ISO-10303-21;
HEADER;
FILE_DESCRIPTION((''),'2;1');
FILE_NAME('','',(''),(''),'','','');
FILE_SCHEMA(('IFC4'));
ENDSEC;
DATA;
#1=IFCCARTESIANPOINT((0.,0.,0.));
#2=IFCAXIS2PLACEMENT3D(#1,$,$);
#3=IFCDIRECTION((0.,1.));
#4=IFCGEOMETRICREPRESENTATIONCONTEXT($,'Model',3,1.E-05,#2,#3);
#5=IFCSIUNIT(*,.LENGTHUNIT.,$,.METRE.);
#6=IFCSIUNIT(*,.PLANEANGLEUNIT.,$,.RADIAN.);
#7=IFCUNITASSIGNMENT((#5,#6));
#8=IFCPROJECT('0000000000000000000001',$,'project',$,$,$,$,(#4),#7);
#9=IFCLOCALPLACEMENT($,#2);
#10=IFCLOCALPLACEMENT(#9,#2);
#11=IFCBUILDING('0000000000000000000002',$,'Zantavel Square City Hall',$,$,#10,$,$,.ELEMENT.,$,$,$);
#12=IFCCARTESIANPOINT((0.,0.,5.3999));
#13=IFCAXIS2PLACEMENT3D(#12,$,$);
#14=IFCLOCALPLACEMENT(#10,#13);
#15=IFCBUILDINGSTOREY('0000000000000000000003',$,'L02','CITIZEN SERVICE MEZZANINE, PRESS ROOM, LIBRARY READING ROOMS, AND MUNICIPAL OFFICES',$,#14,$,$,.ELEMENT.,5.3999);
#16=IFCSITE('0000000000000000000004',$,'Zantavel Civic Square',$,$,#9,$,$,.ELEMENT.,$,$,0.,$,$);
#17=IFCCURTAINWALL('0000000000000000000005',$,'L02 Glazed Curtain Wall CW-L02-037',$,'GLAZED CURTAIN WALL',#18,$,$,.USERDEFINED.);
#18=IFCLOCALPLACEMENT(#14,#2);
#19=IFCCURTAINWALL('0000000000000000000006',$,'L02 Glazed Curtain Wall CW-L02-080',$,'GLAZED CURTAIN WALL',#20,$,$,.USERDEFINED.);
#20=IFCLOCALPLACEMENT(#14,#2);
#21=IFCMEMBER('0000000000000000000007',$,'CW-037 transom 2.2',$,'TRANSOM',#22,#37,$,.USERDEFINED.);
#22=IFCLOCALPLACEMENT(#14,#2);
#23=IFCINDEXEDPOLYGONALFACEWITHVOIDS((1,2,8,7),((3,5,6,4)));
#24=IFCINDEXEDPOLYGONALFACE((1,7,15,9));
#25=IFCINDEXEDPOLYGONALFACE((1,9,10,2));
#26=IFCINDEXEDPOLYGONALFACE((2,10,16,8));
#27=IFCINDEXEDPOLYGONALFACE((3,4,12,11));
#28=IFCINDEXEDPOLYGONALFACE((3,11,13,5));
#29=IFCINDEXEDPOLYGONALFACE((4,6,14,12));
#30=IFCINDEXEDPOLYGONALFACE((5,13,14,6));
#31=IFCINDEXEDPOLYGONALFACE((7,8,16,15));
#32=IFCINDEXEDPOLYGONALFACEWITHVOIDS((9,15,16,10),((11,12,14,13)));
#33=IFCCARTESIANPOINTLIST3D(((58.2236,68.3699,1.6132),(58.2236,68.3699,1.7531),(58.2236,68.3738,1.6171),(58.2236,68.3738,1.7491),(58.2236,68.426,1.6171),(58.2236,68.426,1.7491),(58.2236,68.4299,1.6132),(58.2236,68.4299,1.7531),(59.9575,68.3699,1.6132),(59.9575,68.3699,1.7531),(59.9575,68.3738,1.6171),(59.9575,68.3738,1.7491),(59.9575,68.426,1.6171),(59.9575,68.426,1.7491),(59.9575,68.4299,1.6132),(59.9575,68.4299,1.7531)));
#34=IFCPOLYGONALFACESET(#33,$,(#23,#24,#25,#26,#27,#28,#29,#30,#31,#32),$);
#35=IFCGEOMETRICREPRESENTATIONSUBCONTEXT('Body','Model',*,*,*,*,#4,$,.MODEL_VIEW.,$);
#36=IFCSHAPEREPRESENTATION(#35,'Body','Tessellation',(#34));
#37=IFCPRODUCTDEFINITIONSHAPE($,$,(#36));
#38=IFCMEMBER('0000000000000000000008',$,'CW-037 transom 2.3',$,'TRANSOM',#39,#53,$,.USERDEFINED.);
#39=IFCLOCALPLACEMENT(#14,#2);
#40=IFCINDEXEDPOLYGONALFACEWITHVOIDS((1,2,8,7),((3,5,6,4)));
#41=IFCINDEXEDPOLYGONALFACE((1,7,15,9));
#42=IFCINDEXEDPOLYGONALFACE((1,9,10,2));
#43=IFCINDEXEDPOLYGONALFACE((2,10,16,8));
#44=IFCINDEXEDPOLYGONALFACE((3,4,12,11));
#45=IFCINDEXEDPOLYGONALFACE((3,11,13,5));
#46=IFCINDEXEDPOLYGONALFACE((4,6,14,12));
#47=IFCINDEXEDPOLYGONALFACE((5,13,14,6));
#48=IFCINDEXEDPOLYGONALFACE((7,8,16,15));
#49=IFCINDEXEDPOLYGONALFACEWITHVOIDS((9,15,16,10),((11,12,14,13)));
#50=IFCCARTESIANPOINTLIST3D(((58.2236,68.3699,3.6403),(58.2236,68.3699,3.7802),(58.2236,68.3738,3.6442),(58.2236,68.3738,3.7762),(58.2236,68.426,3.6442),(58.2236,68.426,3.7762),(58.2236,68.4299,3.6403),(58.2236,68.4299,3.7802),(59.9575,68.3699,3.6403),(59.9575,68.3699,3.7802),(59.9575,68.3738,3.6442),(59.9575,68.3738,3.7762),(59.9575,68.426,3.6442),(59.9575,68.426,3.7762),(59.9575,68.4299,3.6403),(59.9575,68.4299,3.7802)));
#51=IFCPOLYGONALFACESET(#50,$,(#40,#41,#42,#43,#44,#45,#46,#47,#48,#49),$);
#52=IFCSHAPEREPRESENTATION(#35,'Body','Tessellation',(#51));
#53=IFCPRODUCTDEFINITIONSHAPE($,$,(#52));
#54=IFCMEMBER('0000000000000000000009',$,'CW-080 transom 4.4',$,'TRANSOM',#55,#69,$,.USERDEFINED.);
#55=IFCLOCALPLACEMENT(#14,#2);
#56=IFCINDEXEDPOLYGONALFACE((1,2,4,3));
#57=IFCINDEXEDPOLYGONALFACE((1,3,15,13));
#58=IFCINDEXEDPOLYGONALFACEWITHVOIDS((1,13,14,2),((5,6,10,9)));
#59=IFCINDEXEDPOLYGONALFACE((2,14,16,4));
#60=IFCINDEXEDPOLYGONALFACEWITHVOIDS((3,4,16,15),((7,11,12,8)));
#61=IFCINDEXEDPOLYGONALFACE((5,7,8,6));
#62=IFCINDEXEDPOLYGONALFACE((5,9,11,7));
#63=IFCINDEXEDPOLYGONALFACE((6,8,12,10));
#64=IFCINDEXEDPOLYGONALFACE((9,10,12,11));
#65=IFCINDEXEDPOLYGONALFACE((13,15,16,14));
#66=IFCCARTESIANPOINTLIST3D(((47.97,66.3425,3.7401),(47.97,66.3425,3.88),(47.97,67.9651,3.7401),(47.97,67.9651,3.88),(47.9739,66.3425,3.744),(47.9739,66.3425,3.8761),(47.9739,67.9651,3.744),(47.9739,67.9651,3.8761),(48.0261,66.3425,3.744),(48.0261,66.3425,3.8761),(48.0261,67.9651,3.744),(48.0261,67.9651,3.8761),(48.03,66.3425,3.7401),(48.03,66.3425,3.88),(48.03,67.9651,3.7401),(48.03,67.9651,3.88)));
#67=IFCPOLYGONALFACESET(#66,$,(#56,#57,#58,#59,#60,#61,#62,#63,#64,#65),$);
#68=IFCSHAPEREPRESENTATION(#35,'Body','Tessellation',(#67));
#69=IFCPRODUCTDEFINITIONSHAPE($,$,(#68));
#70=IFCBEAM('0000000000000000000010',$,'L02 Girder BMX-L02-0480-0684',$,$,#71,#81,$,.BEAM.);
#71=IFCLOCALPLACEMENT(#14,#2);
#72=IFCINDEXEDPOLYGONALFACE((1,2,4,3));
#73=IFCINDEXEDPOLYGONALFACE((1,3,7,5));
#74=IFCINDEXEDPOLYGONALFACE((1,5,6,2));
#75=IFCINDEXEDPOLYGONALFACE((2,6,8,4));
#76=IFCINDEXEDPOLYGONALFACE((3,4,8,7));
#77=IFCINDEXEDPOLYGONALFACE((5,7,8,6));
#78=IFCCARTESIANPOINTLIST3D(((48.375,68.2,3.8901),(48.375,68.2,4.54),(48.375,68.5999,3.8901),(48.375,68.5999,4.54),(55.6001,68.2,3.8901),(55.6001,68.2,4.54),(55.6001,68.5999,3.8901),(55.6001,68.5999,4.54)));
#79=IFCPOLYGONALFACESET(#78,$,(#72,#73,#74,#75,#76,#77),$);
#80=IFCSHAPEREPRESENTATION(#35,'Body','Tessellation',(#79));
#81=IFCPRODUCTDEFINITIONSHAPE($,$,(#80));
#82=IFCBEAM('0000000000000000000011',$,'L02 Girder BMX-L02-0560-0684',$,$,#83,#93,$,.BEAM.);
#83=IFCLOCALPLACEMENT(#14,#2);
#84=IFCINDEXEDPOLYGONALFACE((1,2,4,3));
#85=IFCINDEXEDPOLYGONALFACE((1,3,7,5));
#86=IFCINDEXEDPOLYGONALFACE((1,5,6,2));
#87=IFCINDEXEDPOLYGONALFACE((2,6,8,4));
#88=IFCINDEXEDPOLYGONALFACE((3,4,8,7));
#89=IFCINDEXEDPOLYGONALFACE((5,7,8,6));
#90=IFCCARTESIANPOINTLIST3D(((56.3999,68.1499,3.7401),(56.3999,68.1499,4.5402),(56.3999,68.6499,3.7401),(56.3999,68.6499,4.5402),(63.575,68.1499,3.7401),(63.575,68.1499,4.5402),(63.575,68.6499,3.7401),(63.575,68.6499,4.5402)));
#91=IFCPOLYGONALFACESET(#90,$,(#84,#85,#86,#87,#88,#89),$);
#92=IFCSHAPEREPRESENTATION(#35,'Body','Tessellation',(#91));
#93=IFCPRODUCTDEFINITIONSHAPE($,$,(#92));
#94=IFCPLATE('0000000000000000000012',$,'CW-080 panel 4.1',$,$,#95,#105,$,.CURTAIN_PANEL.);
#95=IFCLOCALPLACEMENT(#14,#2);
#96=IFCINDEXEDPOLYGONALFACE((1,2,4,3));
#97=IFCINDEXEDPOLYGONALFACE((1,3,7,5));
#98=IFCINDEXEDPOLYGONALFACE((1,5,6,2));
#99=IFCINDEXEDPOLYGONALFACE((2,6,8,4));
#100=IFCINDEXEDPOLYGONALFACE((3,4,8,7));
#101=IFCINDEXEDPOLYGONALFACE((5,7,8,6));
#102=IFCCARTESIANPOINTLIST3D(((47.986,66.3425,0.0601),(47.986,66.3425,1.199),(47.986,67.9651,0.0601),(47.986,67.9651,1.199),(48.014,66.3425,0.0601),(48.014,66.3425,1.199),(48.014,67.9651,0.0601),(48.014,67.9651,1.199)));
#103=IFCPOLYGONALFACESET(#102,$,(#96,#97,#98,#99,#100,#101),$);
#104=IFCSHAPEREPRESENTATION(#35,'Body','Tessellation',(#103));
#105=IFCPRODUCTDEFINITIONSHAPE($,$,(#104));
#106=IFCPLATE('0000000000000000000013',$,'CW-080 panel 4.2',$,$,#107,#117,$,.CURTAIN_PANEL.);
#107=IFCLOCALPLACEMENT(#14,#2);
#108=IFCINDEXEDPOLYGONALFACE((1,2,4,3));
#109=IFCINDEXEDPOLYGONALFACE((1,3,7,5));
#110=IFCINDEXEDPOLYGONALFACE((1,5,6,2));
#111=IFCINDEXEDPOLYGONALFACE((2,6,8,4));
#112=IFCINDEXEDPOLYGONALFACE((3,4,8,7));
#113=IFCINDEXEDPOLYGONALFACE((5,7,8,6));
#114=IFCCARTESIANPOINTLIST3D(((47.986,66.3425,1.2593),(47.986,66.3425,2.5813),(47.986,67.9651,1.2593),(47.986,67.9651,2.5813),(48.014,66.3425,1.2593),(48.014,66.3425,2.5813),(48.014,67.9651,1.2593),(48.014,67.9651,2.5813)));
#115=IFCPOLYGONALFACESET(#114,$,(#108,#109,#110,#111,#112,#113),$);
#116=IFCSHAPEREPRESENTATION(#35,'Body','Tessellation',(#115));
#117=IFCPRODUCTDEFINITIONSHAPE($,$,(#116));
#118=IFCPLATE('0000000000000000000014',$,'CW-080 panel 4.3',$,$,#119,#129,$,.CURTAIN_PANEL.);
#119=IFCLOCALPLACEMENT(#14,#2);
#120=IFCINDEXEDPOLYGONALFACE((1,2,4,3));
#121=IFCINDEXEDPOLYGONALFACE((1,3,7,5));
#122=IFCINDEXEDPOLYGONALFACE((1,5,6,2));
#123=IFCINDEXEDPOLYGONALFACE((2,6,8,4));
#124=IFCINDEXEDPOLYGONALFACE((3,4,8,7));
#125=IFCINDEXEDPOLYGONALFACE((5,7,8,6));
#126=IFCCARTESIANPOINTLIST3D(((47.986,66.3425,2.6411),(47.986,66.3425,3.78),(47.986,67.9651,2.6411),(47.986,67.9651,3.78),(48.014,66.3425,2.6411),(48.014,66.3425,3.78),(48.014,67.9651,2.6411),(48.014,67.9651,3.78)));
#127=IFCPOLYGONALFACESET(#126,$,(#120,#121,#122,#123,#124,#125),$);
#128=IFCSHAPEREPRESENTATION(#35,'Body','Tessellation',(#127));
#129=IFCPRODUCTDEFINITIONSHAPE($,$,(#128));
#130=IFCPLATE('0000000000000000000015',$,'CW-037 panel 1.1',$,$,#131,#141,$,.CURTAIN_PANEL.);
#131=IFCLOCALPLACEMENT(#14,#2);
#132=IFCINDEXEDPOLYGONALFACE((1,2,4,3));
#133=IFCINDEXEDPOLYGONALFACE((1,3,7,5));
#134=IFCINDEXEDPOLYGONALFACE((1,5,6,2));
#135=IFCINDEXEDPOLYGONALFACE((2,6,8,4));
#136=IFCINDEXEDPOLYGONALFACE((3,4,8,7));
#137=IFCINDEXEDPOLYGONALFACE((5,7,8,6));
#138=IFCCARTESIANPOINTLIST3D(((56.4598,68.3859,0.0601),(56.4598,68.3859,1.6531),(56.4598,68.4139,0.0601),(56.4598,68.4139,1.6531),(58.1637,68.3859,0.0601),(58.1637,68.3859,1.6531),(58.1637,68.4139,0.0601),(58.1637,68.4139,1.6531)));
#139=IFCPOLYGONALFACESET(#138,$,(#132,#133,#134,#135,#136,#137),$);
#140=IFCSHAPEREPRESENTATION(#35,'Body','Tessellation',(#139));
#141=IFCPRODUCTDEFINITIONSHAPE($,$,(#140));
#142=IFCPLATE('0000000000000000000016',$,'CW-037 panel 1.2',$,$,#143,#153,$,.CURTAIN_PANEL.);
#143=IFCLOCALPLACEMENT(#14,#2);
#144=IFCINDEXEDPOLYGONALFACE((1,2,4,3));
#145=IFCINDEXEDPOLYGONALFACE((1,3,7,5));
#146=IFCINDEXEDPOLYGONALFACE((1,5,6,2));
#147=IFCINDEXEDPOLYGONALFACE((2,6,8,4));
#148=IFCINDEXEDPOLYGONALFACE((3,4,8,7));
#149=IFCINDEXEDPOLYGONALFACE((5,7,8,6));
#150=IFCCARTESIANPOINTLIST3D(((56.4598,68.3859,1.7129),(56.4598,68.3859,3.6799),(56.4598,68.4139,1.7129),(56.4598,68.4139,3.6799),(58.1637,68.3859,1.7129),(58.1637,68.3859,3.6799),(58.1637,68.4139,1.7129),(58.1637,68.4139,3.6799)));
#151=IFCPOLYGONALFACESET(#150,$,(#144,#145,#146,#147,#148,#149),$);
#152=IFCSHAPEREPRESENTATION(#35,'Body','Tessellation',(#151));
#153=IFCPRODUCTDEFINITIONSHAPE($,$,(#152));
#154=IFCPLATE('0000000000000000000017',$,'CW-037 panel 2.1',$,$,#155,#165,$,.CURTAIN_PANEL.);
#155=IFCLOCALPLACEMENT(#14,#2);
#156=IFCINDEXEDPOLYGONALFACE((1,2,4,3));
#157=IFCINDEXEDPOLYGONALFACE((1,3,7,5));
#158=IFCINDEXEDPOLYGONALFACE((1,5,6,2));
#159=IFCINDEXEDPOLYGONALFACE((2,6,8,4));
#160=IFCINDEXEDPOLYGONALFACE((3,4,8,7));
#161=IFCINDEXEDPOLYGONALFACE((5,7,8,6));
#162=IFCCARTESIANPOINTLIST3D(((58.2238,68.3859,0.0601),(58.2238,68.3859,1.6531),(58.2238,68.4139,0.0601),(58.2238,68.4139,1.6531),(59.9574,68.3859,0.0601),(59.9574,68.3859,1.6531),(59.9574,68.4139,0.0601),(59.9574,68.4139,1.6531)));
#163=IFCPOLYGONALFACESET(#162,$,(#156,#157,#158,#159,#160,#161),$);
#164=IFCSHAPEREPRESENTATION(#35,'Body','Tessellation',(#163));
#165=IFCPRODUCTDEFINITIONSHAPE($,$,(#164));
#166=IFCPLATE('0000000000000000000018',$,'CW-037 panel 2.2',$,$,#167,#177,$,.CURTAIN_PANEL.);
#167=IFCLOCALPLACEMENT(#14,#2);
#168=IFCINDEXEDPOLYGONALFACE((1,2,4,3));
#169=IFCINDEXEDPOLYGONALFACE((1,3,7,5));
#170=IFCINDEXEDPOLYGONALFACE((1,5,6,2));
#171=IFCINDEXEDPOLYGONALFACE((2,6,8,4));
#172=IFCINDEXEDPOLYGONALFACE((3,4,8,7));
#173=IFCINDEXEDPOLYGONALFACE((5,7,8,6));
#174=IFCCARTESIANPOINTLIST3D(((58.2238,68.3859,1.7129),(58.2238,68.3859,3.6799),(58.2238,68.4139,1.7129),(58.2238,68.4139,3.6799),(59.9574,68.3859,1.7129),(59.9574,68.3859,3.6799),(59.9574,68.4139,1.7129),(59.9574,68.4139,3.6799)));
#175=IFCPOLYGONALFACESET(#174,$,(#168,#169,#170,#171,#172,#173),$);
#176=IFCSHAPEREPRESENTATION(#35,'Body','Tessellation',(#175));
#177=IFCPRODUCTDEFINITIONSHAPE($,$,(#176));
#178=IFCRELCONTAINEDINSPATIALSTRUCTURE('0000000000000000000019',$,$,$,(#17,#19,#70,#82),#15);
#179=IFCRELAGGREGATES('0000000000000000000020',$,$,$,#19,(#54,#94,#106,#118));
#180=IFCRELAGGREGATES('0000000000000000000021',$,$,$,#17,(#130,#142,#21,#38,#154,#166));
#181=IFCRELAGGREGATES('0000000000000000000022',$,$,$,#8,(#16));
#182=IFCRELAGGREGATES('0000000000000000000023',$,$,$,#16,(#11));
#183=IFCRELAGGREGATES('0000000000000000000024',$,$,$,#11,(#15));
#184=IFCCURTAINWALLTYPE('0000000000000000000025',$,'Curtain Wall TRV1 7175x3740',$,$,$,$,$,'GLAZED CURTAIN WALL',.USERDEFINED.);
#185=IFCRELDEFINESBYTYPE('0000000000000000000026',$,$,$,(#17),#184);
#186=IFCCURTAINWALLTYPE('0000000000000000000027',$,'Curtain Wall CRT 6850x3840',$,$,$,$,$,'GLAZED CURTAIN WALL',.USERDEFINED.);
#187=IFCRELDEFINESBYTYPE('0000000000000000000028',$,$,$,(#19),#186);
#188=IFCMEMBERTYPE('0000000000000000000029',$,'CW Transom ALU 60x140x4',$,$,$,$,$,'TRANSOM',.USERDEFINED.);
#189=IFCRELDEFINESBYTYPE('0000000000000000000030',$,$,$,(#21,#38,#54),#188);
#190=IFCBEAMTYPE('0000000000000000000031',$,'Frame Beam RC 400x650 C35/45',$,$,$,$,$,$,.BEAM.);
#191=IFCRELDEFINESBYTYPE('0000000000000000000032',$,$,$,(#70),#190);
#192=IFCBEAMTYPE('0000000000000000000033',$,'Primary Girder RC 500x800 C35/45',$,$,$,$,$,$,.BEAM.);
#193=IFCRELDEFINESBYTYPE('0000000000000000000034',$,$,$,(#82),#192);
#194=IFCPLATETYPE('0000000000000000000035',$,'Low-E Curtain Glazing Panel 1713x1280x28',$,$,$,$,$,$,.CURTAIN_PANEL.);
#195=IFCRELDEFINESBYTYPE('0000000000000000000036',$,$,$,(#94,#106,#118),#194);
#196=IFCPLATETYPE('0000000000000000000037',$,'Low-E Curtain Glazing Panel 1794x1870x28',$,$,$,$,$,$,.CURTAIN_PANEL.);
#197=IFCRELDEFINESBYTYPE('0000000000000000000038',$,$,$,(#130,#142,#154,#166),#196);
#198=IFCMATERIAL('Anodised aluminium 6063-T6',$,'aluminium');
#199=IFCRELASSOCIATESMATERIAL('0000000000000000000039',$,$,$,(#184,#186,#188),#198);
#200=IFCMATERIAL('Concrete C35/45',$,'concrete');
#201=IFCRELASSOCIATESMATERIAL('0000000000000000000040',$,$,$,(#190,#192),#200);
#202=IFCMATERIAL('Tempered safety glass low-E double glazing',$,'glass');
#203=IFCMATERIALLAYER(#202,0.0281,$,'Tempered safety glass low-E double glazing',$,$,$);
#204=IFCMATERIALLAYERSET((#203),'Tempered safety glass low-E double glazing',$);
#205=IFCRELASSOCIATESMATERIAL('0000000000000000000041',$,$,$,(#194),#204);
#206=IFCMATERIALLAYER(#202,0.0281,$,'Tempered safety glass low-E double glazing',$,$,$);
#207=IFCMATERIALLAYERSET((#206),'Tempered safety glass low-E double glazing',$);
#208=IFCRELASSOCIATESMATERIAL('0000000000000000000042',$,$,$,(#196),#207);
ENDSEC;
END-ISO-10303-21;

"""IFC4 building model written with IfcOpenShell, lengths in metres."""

from ifc_helpers import new_model, si_unit, direction, frame, origin, origin_2d, place, context, subcontext, project, spatial, rectangle, hollow_rectangle, extrude, material, layer, layer_set, material_profile, profile_set, type_object, element, aggregate, save


model = new_model("IFC4")

# Units and contexts
model_context = context("Model", 3, precision=1e-05, world=origin(), true_north=direction((0.0, 1.0)))
body_context = subcontext(model_context, "Body", "Model", "MODEL_VIEW")
ifc_project = project(units=[si_unit("LENGTHUNIT", "METRE"), si_unit("PLANEANGLEUNIT", "RADIAN")], contexts=[model_context])

# Site, building, storey
site_placement = place(None, origin())
site = spatial("IfcSite", under=ifc_project, at=site_placement, Name="Zantavel Civic Square", CompositionType="ELEMENT", RefElevation=0.0)
building_placement = place(site_placement, origin())
building = spatial("IfcBuilding", under=site, at=building_placement, Name="Zantavel Square City Hall", CompositionType="ELEMENT")
storey_placement = place(building_placement, frame((0.0, 0.0, 5.3999)))
storey = spatial("IfcBuildingStorey", under=building, at=storey_placement, Name="L02", Description="CITIZEN SERVICE MEZZANINE, PRESS ROOM, LIBRARY READING ROOMS, AND MUNICIPAL OFFICES", CompositionType="ELEMENT", Elevation=5.3999)

# Curtain wall
ifc_material_1 = material(Name="Anodised aluminium 6063-T6", Category="aluminium")
curtain_wall_type_1 = type_object("IfcCurtainWallType", Name="Curtain Wall TRV1 7175x3740", ElementType="GLAZED CURTAIN WALL", PredefinedType="USERDEFINED", material=ifc_material_1)
curtain_wall_1_placement = place(storey_placement, origin())
curtain_wall_1 = element("IfcCurtainWall", 1, at=curtain_wall_1_placement, inside=storey, type_object=curtain_wall_type_1, Name="L02 Glazed Curtain Wall CW-L02-037", ObjectType="GLAZED CURTAIN WALL", PredefinedType="USERDEFINED")

# Curtain wall
curtain_wall_type_2 = type_object("IfcCurtainWallType", Name="Curtain Wall CRT 6850x3840", ElementType="GLAZED CURTAIN WALL", PredefinedType="USERDEFINED", material=ifc_material_1)
curtain_wall_2_placement = place(storey_placement, origin())
curtain_wall_2 = element("IfcCurtainWall", 2, at=curtain_wall_2_placement, inside=storey, type_object=curtain_wall_type_2, Name="L02 Glazed Curtain Wall CW-L02-080", ObjectType="GLAZED CURTAIN WALL", PredefinedType="USERDEFINED")

# Members
ifc_material_profile_1 = material_profile(ifc_material_1, hollow_rectangle(XDim=0.0601, YDim=0.1399, WallThickness=0.0039, at=origin_2d()), Name="ALU 60x140x4")
ifc_profile_set_1 = profile_set([ifc_material_profile_1], Name="Anodised aluminium 6063-T6")
member_type_1 = type_object("IfcMemberType", Name="CW Transom ALU 60x140x4", ElementType="TRANSOM", PredefinedType="USERDEFINED", material=ifc_profile_set_1)
member_1_placement = place(storey_placement, frame((58.2236, 68.3999, 1.6831), z_axis=(1.0, 0.0, 0.0), x_axis=(0.0, 1.0, 0.0)))
member_1 = element("IfcMember", 3, at=member_1_placement, type_object=member_type_1, Name="CW-037 transom 2.2", ObjectType="TRANSOM", PredefinedType="USERDEFINED", context=body_context, shape_type="SweptSolid", body=[
    extrude(hollow_rectangle(XDim=0.0601, YDim=0.1399, WallThickness=0.0039, at=origin_2d()), origin(), (0.0, 0.0, 1.0), 1.7339),
])
member_2_placement = place(storey_placement, frame((58.2236, 68.3999, 3.7102), z_axis=(1.0, 0.0, 0.0), x_axis=(0.0, 1.0, 0.0)))
member_2 = element("IfcMember", 4, at=member_2_placement, type_object=member_type_1, Name="CW-037 transom 2.3", ObjectType="TRANSOM", PredefinedType="USERDEFINED", context=body_context, shape_type="SweptSolid", body=[
    extrude(hollow_rectangle(XDim=0.0601, YDim=0.1399, WallThickness=0.0039, at=origin_2d()), origin(), (0.0, 0.0, 1.0), 1.7339),
])
member_3_placement = place(storey_placement, frame((48.0, 66.3425, 3.8101), z_axis=(0.0, 1.0, 0.0), x_axis=(-1.0, 0.0, 0.0)))
member_3 = element("IfcMember", 5, at=member_3_placement, type_object=member_type_1, Name="CW-080 transom 4.4", ObjectType="TRANSOM", PredefinedType="USERDEFINED", context=body_context, shape_type="SweptSolid", body=[
    extrude(hollow_rectangle(XDim=0.0601, YDim=0.1399, WallThickness=0.0039, at=origin_2d()), origin(), (0.0, 0.0, 1.0), 1.6226),
])

# Beams
ifc_material_2 = material(Name="Concrete C35/45", Category="concrete")
ifc_material_profile_2 = material_profile(ifc_material_2, rectangle(XDim=0.3999, YDim=0.6499, at=origin_2d()), Name="RC 400x650")
ifc_profile_set_2 = profile_set([ifc_material_profile_2], Name="Concrete C35/45")
beam_type_1 = type_object("IfcBeamType", Name="Frame Beam RC 400x650 C35/45", PredefinedType="BEAM", material=ifc_profile_set_2)
beam_1_placement = place(storey_placement, frame((48.375, 68.3999, 4.2151), z_axis=(1.0, 0.0, 0.0), x_axis=(0.0, 1.0, 0.0)))
element("IfcBeam", 6, at=beam_1_placement, inside=storey, type_object=beam_type_1, Name="L02 Girder BMX-L02-0480-0684", PredefinedType="BEAM", context=body_context, shape_type="SweptSolid", body=[
    extrude(rectangle(XDim=0.3999, YDim=0.6499, at=origin_2d()), origin(), (0.0, 0.0, 1.0), 7.2251),
])
ifc_material_profile_3 = material_profile(ifc_material_2, rectangle(XDim=0.5, YDim=0.8, at=origin_2d()), Name="RC 500x800")
ifc_profile_set_3 = profile_set([ifc_material_profile_3], Name="Concrete C35/45")
beam_type_2 = type_object("IfcBeamType", Name="Primary Girder RC 500x800 C35/45", PredefinedType="BEAM", material=ifc_profile_set_3)
beam_2_placement = place(storey_placement, frame((56.3999, 68.3999, 4.1401), z_axis=(1.0, 0.0, 0.0), x_axis=(0.0, 1.0, 0.0)))
element("IfcBeam", 7, at=beam_2_placement, inside=storey, type_object=beam_type_2, Name="L02 Girder BMX-L02-0560-0684", PredefinedType="BEAM", context=body_context, shape_type="SweptSolid", body=[
    extrude(rectangle(XDim=0.5, YDim=0.8, at=origin_2d()), origin(), (0.0, 0.0, 1.0), 7.175),
])

# Plates
ifc_material_3 = material(Name="Tempered safety glass low-E double glazing", Category="glass")
ifc_layer_1 = layer(ifc_material_3, 0.0281, Name="Tempered safety glass low-E double glazing")
ifc_layer_set_1 = layer_set([ifc_layer_1], Name="Tempered safety glass low-E double glazing")
plate_type_1 = type_object("IfcPlateType", Name="Low-E Curtain Glazing Panel 1713x1280x28", PredefinedType="CURTAIN_PANEL", material=ifc_layer_set_1)
plate_1_placement = place(storey_placement, frame((48.0, 67.1538, 0.0601), z_axis=(0.0, 0.0, 1.0), x_axis=(0.0, 1.0, 0.0)))
plate_1 = element("IfcPlate", 8, at=plate_1_placement, type_object=plate_type_1, Name="CW-080 panel 4.1", PredefinedType="CURTAIN_PANEL", context=body_context, shape_type="SweptSolid", body=[
    extrude(rectangle(XDim=1.6226, YDim=0.0281, at=origin_2d()), origin(), (0.0, 0.0, 1.0), 1.1389),
])
plate_2_placement = place(storey_placement, frame((48.0, 67.1538, 1.2593), z_axis=(0.0, 0.0, 1.0), x_axis=(0.0, 1.0, 0.0)))
plate_2 = element("IfcPlate", 9, at=plate_2_placement, type_object=plate_type_1, Name="CW-080 panel 4.2", PredefinedType="CURTAIN_PANEL", context=body_context, shape_type="SweptSolid", body=[
    extrude(rectangle(XDim=1.6226, YDim=0.0281, at=origin_2d()), origin(), (0.0, 0.0, 1.0), 1.322),
])
plate_3_placement = place(storey_placement, frame((48.0, 67.1538, 2.6411), z_axis=(0.0, 0.0, 1.0), x_axis=(0.0, 1.0, 0.0)))
plate_3 = element("IfcPlate", 10, at=plate_3_placement, type_object=plate_type_1, Name="CW-080 panel 4.3", PredefinedType="CURTAIN_PANEL", context=body_context, shape_type="SweptSolid", body=[
    extrude(rectangle(XDim=1.6226, YDim=0.0281, at=origin_2d()), origin(), (0.0, 0.0, 1.0), 1.1389),
])
aggregate(curtain_wall_2, [member_3, plate_1, plate_2, plate_3])
ifc_layer_2 = layer(ifc_material_3, 0.0281, Name="Tempered safety glass low-E double glazing")
ifc_layer_set_2 = layer_set([ifc_layer_2], Name="Tempered safety glass low-E double glazing")
plate_type_2 = type_object("IfcPlateType", Name="Low-E Curtain Glazing Panel 1794x1870x28", PredefinedType="CURTAIN_PANEL", material=ifc_layer_set_2)
plate_4_placement = place(storey_placement, frame((57.3118, 68.3999, 0.0601), z_axis=(0.0, 0.0, 1.0), x_axis=(1.0, 0.0, 0.0)))
plate_4 = element("IfcPlate", 11, at=plate_4_placement, type_object=plate_type_2, Name="CW-037 panel 1.1", PredefinedType="CURTAIN_PANEL", context=body_context, shape_type="SweptSolid", body=[
    extrude(rectangle(XDim=1.7039, YDim=0.0281, at=origin_2d()), origin(), (0.0, 0.0, 1.0), 1.593),
])
plate_5_placement = place(storey_placement, frame((57.3118, 68.3999, 1.7129), z_axis=(0.0, 0.0, 1.0), x_axis=(1.0, 0.0, 0.0)))
plate_5 = element("IfcPlate", 12, at=plate_5_placement, type_object=plate_type_2, Name="CW-037 panel 1.2", PredefinedType="CURTAIN_PANEL", context=body_context, shape_type="SweptSolid", body=[
    extrude(rectangle(XDim=1.7039, YDim=0.0281, at=origin_2d()), origin(), (0.0, 0.0, 1.0), 1.967),
])
plate_6_placement = place(storey_placement, frame((59.0906, 68.3999, 0.0601), z_axis=(0.0, 0.0, 1.0), x_axis=(1.0, 0.0, 0.0)))
plate_6 = element("IfcPlate", 13, at=plate_6_placement, type_object=plate_type_2, Name="CW-037 panel 2.1", PredefinedType="CURTAIN_PANEL", context=body_context, shape_type="SweptSolid", body=[
    extrude(rectangle(XDim=1.7336, YDim=0.0281, at=origin_2d()), origin(), (0.0, 0.0, 1.0), 1.593),
])
plate_7_placement = place(storey_placement, frame((59.0906, 68.3999, 1.7129), z_axis=(0.0, 0.0, 1.0), x_axis=(1.0, 0.0, 0.0)))
plate_7 = element("IfcPlate", 14, at=plate_7_placement, type_object=plate_type_2, Name="CW-037 panel 2.2", PredefinedType="CURTAIN_PANEL", context=body_context, shape_type="SweptSolid", body=[
    extrude(rectangle(XDim=1.7336, YDim=0.0281, at=origin_2d()), origin(), (0.0, 0.0, 1.0), 1.967),
])
aggregate(curtain_wall_1, [plate_4, plate_5, member_1, member_2, plate_6, plate_7])

save(model, "model.ifc")
